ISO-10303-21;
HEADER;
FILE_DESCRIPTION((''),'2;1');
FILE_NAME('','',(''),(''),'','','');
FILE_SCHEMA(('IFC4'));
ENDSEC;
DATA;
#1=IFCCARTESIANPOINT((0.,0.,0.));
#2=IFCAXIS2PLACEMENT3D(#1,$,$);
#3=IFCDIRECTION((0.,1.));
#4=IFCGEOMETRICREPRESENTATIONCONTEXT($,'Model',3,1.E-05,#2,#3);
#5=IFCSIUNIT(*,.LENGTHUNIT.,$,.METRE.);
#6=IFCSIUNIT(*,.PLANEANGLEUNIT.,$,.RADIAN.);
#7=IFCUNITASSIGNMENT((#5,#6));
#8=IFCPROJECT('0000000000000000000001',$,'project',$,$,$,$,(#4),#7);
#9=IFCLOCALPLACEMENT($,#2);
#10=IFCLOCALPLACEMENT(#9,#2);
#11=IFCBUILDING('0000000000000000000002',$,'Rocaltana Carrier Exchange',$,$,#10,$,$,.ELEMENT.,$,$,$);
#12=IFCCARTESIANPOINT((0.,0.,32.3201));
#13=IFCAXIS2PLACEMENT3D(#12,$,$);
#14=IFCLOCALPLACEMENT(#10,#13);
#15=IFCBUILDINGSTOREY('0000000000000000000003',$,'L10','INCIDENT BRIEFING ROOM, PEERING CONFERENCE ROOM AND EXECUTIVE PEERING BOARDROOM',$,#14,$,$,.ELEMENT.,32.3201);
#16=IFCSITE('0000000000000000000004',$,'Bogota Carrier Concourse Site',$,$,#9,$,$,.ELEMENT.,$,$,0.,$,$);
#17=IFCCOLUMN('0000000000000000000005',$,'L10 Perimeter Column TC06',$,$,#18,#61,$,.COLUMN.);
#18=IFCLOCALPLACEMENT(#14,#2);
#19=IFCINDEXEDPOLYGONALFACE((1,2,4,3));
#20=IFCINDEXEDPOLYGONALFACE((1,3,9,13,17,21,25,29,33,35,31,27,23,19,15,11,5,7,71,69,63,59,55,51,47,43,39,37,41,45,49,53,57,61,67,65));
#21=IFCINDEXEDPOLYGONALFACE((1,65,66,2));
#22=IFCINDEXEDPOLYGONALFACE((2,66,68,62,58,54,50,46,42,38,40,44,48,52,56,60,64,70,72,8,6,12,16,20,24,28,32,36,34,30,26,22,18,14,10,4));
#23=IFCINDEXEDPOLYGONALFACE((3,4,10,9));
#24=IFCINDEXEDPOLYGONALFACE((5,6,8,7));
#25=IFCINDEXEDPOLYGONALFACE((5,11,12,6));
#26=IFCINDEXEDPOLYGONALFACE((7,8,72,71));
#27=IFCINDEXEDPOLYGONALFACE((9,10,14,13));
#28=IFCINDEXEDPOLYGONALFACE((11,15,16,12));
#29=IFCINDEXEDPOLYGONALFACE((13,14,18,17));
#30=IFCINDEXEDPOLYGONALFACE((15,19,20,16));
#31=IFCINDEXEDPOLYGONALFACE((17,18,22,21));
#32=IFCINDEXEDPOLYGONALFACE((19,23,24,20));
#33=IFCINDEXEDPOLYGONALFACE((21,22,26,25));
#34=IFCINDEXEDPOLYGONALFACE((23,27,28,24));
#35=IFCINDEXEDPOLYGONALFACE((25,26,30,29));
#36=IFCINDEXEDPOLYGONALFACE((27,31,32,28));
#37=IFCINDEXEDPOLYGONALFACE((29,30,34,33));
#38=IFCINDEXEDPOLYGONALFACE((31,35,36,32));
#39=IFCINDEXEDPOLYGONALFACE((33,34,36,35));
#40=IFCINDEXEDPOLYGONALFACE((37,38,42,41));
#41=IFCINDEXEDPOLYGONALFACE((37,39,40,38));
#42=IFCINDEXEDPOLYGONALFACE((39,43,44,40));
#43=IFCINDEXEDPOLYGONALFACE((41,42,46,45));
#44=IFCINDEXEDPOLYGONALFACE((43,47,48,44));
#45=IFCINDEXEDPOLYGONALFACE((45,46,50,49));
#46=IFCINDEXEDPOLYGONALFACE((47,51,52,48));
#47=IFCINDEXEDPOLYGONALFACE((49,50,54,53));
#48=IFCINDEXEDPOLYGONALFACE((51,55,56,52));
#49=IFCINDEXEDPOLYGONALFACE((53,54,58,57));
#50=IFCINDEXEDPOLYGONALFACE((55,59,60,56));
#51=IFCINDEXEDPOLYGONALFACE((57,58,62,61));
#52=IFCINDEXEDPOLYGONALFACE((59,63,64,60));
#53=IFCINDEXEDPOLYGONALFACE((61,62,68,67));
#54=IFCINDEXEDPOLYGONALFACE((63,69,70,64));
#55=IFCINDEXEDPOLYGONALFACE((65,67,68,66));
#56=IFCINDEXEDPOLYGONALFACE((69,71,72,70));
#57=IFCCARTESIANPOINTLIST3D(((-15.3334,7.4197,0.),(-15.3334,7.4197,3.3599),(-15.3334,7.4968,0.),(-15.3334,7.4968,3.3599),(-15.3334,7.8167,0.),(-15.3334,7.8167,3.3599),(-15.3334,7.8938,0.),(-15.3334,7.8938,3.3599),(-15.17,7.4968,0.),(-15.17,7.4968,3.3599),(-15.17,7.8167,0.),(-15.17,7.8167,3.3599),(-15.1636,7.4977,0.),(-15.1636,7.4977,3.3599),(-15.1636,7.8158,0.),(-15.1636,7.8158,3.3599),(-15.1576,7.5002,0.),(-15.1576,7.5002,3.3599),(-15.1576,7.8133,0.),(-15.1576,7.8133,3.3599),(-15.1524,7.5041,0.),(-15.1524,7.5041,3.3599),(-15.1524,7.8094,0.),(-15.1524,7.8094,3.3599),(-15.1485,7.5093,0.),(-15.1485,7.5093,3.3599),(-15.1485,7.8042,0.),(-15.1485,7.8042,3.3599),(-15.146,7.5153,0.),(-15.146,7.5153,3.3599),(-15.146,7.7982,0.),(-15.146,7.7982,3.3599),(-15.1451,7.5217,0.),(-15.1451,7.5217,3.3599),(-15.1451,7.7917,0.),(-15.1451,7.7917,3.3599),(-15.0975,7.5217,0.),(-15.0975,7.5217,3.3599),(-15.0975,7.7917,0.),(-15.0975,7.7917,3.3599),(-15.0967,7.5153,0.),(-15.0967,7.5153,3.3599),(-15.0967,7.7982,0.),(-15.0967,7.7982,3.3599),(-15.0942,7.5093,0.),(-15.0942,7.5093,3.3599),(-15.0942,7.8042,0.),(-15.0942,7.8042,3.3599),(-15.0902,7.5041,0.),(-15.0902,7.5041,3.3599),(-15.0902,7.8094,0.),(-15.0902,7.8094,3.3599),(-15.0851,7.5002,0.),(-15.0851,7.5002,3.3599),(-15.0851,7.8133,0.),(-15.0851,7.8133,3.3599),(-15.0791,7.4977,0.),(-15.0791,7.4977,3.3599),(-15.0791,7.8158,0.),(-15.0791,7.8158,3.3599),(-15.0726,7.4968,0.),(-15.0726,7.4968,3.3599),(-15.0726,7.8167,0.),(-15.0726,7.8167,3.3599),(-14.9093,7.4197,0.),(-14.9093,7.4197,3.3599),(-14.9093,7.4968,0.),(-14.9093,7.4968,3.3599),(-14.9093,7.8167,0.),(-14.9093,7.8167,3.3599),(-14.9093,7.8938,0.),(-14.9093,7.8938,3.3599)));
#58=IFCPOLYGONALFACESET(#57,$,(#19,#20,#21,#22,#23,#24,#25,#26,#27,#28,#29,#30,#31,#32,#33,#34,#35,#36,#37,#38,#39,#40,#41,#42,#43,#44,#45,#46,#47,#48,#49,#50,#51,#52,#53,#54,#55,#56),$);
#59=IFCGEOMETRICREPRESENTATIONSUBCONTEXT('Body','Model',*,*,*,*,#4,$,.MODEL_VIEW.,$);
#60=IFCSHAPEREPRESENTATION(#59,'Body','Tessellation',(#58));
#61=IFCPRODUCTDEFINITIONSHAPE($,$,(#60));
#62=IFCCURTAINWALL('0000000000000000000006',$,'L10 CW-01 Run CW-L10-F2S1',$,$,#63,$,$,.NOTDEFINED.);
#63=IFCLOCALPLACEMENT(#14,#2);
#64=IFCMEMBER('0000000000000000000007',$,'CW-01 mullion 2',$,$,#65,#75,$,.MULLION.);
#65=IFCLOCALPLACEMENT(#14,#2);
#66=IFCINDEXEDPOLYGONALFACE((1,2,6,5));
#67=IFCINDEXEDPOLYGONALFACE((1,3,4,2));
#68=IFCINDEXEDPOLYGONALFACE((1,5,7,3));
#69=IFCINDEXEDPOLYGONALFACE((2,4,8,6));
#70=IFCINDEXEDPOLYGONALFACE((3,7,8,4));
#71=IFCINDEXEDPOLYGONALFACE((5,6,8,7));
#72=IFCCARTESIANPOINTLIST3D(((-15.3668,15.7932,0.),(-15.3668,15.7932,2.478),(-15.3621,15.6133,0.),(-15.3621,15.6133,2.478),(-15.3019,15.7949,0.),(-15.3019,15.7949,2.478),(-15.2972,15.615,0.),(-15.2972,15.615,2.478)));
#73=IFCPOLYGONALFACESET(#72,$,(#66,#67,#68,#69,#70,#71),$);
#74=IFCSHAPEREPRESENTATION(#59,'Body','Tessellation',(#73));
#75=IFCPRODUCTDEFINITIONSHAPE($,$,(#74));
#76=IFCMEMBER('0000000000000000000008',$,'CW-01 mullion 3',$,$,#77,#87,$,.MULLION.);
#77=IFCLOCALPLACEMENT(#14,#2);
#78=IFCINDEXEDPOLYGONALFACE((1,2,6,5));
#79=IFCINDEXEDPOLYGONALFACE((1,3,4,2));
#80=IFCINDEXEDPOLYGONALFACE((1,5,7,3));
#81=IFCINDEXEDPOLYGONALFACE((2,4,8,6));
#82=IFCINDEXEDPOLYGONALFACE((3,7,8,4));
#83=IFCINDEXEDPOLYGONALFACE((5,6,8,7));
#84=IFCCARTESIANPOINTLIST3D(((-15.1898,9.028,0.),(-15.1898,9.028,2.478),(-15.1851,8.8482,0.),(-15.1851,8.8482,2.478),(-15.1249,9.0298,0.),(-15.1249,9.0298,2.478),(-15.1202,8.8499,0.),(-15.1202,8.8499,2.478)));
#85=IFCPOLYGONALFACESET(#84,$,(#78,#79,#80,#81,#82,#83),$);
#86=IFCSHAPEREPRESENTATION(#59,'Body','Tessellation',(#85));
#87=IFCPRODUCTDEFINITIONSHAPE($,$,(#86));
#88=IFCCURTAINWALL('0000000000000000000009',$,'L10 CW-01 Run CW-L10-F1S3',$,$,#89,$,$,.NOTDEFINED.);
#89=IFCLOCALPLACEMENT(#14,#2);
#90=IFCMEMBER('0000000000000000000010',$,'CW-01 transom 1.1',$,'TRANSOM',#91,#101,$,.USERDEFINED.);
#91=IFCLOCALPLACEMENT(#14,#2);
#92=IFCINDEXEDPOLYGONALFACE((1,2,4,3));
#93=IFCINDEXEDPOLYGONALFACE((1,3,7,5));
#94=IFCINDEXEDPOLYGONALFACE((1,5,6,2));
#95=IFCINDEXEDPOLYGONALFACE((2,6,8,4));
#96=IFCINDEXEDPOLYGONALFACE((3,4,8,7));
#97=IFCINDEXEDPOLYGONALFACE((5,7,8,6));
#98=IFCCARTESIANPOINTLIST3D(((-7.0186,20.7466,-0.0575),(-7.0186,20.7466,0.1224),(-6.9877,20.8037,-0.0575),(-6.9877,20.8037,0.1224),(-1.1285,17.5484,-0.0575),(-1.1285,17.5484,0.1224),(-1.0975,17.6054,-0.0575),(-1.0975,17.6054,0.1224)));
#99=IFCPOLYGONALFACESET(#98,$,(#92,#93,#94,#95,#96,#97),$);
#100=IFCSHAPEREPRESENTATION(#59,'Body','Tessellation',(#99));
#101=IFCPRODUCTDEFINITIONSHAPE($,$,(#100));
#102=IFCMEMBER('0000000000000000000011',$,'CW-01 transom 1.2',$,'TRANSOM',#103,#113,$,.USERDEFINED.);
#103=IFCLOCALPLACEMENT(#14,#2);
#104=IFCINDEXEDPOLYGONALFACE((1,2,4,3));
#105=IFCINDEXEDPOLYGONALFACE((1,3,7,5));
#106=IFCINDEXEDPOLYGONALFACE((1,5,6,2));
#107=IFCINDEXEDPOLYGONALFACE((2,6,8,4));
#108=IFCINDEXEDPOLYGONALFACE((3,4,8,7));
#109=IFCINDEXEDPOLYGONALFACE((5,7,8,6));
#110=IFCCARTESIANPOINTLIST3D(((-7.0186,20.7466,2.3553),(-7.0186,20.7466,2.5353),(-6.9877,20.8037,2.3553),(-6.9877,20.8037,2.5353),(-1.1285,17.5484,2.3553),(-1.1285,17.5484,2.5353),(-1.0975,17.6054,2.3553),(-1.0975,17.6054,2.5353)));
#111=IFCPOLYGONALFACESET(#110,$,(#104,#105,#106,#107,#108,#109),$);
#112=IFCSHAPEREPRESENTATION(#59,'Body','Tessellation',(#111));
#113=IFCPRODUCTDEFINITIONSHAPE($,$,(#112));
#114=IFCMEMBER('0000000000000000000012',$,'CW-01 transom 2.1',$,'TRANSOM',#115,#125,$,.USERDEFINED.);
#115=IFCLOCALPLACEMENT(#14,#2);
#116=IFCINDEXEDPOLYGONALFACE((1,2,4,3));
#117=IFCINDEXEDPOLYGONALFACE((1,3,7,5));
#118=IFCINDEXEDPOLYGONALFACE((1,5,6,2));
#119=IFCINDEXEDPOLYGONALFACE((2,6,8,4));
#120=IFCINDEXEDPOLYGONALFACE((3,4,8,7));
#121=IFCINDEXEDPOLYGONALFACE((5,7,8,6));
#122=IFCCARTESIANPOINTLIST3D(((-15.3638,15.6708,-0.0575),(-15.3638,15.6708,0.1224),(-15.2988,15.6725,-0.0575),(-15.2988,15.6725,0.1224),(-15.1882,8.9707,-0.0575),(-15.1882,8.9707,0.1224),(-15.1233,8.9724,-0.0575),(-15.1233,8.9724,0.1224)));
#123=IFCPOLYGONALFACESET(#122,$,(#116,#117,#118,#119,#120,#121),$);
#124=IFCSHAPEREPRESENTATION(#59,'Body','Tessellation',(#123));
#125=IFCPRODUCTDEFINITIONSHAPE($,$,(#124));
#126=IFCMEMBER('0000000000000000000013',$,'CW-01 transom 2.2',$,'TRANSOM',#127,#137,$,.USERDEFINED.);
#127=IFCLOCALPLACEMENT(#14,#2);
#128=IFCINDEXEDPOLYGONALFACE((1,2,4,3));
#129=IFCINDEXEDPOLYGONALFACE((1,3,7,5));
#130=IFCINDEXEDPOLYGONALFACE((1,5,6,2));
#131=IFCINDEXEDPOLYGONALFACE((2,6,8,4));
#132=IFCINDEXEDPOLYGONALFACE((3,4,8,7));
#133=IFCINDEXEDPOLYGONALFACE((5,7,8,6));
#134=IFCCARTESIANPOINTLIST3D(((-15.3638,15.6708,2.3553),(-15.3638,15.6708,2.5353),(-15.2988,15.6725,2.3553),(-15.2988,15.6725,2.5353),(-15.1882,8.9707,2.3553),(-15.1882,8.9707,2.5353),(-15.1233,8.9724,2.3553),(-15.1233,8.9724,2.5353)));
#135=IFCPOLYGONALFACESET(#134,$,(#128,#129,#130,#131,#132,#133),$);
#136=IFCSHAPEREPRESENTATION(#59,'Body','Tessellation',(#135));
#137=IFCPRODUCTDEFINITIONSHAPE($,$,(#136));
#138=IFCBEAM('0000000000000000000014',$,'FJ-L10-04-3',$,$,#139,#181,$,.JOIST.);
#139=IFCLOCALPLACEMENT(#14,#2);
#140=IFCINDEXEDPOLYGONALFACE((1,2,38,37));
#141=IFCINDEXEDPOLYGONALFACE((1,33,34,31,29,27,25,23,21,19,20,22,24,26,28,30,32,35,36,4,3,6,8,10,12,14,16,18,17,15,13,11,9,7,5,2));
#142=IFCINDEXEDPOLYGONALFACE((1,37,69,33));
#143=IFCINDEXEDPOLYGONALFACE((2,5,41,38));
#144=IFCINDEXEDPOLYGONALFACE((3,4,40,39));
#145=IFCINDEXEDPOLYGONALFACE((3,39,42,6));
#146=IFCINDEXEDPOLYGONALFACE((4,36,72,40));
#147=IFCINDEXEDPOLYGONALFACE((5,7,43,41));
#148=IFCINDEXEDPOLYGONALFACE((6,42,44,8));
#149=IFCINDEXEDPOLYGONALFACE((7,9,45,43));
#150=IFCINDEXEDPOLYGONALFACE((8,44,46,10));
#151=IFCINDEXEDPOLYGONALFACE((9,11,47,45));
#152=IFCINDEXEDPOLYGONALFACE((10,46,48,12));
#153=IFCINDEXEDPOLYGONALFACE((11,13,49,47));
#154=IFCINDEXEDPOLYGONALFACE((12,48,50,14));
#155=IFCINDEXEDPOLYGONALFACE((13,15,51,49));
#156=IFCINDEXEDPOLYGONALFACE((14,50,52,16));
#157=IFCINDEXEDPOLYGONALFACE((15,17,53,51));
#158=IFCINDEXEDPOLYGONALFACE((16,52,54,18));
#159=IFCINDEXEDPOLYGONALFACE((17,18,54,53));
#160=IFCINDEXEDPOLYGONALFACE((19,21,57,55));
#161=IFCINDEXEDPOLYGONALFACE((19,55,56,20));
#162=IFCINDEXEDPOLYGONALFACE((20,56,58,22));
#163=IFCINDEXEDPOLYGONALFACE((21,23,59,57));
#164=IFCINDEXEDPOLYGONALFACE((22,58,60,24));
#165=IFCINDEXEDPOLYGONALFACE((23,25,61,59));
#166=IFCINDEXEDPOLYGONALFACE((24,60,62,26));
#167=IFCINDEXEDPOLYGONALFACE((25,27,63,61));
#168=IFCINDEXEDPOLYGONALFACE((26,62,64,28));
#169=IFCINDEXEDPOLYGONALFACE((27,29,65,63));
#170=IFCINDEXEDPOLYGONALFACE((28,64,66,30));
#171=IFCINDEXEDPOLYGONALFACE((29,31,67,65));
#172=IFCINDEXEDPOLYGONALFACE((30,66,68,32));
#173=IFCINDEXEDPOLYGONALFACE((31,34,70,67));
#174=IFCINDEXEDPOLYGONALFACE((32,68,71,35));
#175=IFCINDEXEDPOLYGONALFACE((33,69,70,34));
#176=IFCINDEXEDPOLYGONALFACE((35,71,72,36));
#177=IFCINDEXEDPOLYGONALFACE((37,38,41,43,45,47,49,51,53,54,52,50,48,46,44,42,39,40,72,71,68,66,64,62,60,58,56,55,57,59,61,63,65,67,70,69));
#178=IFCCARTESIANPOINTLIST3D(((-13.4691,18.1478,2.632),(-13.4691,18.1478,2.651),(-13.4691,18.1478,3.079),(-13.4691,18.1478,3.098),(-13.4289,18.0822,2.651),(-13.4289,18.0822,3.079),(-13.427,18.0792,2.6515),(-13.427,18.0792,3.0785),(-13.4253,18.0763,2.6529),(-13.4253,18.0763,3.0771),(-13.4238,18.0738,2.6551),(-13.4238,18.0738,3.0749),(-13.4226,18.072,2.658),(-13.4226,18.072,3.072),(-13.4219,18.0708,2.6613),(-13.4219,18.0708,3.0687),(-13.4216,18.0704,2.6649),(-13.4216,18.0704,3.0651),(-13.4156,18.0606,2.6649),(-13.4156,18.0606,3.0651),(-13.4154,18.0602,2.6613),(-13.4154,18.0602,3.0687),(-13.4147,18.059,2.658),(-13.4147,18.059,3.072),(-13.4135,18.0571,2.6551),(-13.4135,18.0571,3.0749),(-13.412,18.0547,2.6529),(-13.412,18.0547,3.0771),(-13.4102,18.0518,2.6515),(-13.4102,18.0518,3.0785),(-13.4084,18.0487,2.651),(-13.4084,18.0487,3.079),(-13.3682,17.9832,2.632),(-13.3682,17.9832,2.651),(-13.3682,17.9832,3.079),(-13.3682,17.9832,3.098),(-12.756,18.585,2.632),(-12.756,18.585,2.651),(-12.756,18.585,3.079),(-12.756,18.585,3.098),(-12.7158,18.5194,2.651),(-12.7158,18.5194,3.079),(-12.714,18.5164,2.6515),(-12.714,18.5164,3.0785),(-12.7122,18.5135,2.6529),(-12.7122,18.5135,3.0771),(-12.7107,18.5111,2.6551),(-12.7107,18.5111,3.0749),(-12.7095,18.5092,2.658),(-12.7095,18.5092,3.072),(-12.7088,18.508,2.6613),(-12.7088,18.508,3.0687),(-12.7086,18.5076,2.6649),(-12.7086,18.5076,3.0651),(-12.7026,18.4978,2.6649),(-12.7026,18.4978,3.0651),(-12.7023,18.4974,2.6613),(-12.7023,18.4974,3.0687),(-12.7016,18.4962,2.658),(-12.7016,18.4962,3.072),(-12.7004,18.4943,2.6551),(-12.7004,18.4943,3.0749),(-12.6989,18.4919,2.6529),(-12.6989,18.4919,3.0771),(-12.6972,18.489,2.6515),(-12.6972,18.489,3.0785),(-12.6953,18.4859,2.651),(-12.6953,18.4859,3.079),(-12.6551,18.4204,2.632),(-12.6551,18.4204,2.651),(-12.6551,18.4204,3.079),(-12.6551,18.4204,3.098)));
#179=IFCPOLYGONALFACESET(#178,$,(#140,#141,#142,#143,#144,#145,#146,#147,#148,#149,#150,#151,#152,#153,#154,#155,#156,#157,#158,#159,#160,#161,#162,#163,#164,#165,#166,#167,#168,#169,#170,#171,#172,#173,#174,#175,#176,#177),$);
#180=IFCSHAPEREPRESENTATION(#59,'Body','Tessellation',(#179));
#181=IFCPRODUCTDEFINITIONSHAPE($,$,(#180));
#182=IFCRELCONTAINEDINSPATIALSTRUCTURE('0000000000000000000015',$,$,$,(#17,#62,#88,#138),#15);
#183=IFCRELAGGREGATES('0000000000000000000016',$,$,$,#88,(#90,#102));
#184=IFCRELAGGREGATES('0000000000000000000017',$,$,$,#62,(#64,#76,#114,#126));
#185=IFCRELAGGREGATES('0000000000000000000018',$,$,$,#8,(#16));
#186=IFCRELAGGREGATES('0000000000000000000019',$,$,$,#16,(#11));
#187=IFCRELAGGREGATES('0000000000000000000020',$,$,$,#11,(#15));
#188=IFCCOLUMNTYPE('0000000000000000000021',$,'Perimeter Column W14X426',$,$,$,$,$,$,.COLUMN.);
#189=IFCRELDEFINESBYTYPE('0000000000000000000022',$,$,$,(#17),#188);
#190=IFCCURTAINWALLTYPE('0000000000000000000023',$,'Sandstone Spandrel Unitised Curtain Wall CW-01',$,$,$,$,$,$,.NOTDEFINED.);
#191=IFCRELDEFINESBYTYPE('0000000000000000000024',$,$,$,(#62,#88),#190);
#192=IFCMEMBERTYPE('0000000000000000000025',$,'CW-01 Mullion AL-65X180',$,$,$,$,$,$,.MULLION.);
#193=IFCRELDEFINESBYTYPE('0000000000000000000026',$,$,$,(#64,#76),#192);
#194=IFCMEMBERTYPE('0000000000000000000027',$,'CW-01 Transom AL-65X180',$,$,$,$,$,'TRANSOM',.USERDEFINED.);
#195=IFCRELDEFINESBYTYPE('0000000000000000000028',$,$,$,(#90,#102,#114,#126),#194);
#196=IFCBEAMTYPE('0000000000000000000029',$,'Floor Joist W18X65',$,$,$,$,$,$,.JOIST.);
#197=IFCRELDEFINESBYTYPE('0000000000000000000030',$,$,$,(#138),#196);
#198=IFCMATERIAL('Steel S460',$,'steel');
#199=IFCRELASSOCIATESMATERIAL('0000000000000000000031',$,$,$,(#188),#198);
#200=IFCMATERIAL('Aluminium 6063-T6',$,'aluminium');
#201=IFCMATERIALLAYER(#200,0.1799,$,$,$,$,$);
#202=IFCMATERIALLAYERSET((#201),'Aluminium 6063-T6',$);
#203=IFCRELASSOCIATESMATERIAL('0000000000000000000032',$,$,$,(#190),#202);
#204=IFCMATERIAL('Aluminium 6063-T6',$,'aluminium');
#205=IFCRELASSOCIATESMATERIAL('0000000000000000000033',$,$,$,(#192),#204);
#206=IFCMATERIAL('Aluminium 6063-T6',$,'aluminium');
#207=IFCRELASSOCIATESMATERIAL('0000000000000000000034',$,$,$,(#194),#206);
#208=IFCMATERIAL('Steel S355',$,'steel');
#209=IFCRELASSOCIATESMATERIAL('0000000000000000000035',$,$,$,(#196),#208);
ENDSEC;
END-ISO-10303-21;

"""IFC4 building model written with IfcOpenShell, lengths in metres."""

from ifc_helpers import new_model, si_unit, direction, frame, origin, origin_2d, place, context, subcontext, project, spatial, rectangle, i_section, extrude, material, layer, layer_set, material_profile, profile_set, type_object, element, aggregate, save


model = new_model("IFC4")

# Units and contexts
model_context = context("Model", 3, precision=1e-05, world=origin(), true_north=direction((0.0, 1.0)))
body_context = subcontext(model_context, "Body", "Model", "MODEL_VIEW")
ifc_project = project(units=[si_unit("LENGTHUNIT", "METRE"), si_unit("PLANEANGLEUNIT", "RADIAN")], contexts=[model_context])

# Site, building, storey
site_placement = place(None, origin())
site = spatial("IfcSite", under=ifc_project, at=site_placement, Name="Bogota Carrier Concourse Site", CompositionType="ELEMENT", RefElevation=0.0)
building_placement = place(site_placement, origin())
building = spatial("IfcBuilding", under=site, at=building_placement, Name="Rocaltana Carrier Exchange", CompositionType="ELEMENT")
storey_placement = place(building_placement, frame((0.0, 0.0, 32.3201)))
storey = spatial("IfcBuildingStorey", under=building, at=storey_placement, Name="L10", Description="INCIDENT BRIEFING ROOM, PEERING CONFERENCE ROOM AND EXECUTIVE PEERING BOARDROOM", CompositionType="ELEMENT", Elevation=32.3201)

# Column
ifc_material_1 = material(Name="Steel S460", Category="steel")
ifc_material_profile_1 = material_profile(ifc_material_1, i_section(OverallWidth=0.4241, OverallDepth=0.4741, WebThickness=0.0476, FlangeThickness=0.0771, FilletRadius=0.0249, at=origin_2d()), Name="W14X426")
ifc_profile_set_1 = profile_set([ifc_material_profile_1], Name="Steel S460")
column_type = type_object("IfcColumnType", Name="Perimeter Column W14X426", PredefinedType="COLUMN", material=ifc_profile_set_1)
column_placement = place(storey_placement, frame((-15.1213, 7.6567, 0.0), z_axis=(0.0, 0.0, 1.0), x_axis=(1.0, 0.0, 0.0)))
element("IfcColumn", 1, at=column_placement, inside=storey, type_object=column_type, Name="L10 Perimeter Column TC06", PredefinedType="COLUMN", context=body_context, shape_type="SweptSolid", body=[
    extrude(i_section(OverallWidth=0.4241, OverallDepth=0.4741, WebThickness=0.0476, FlangeThickness=0.0771, FilletRadius=0.0249, at=origin_2d()), origin(), (0.0, 0.0, 1.0), 3.3599),
])

# Curtain walls, members
ifc_material_2 = material(Name="Aluminium 6063-T6", Category="aluminium")
ifc_layer_1 = layer(ifc_material_2, 0.1799)
ifc_layer_set_1 = layer_set([ifc_layer_1], Name="Aluminium 6063-T6")
curtain_wall_type = type_object("IfcCurtainWallType", Name="Sandstone Spandrel Unitised Curtain Wall CW-01", PredefinedType="NOTDEFINED", material=ifc_layer_set_1)
curtain_wall_1_placement = place(storey_placement, origin())
curtain_wall_1 = element("IfcCurtainWall", 2, at=curtain_wall_1_placement, inside=storey, type_object=curtain_wall_type, Name="L10 CW-01 Run CW-L10-F2S1", PredefinedType="NOTDEFINED")
ifc_material_3 = material(Name="Aluminium 6063-T6", Category="aluminium")
ifc_material_profile_2 = material_profile(ifc_material_3, rectangle(XDim=0.0649, YDim=0.1799, at=origin_2d()), Name="AL-65X180")
ifc_profile_set_2 = profile_set([ifc_material_profile_2], Name="Aluminium 6063-T6")
member_type_1 = type_object("IfcMemberType", Name="CW-01 Mullion AL-65X180", PredefinedType="MULLION", material=ifc_profile_set_2)
member_1_placement = place(storey_placement, frame((-15.332, 15.7041, 0.0), z_axis=(0.0, 0.0, 1.0), x_axis=(0.999657, 0.026184, 0.0)))
member_1 = element("IfcMember", 3, at=member_1_placement, type_object=member_type_1, Name="CW-01 mullion 2", PredefinedType="MULLION", context=body_context, shape_type="SweptSolid", body=[
    extrude(rectangle(XDim=0.0649, YDim=0.1799, at=origin_2d()), origin(), (0.0, 0.0, 1.0), 2.478),
])
member_2_placement = place(storey_placement, frame((-15.155, 8.939, 0.0), z_axis=(0.0, 0.0, 1.0), x_axis=(0.999657, 0.026184, 0.0)))
member_2 = element("IfcMember", 4, at=member_2_placement, type_object=member_type_1, Name="CW-01 mullion 3", PredefinedType="MULLION", context=body_context, shape_type="SweptSolid", body=[
    extrude(rectangle(XDim=0.0649, YDim=0.1799, at=origin_2d()), origin(), (0.0, 0.0, 1.0), 2.478),
])
curtain_wall_2_placement = place(storey_placement, origin())
curtain_wall_2 = element("IfcCurtainWall", 5, at=curtain_wall_2_placement, inside=storey, type_object=curtain_wall_type, Name="L10 CW-01 Run CW-L10-F1S3", PredefinedType="NOTDEFINED")
ifc_material_4 = material(Name="Aluminium 6063-T6", Category="aluminium")
ifc_material_profile_3 = material_profile(ifc_material_4, rectangle(XDim=0.0649, YDim=0.1799, at=origin_2d()), Name="AL-65X180")
ifc_profile_set_3 = profile_set([ifc_material_profile_3], Name="Aluminium 6063-T6")
member_type_2 = type_object("IfcMemberType", Name="CW-01 Transom AL-65X180", ElementType="TRANSOM", PredefinedType="USERDEFINED", material=ifc_profile_set_3)
member_3_placement = place(storey_placement, frame((-1.113, 17.5769, 0.0325), z_axis=(-0.878807, 0.477177, 0.0), x_axis=(-0.477177, -0.878807, 0.0)))
member_3 = element("IfcMember", 6, at=member_3_placement, type_object=member_type_2, Name="CW-01 transom 1.1", ObjectType="TRANSOM", PredefinedType="USERDEFINED", context=body_context, shape_type="SweptSolid", body=[
    extrude(rectangle(XDim=0.0649, YDim=0.1799, at=origin_2d()), origin(), (0.0, 0.0, 1.0), 6.7024),
])
member_4_placement = place(storey_placement, frame((-1.113, 17.5769, 2.4453), z_axis=(-0.878807, 0.477177, 0.0), x_axis=(-0.477177, -0.878807, 0.0)))
member_4 = element("IfcMember", 7, at=member_4_placement, type_object=member_type_2, Name="CW-01 transom 1.2", ObjectType="TRANSOM", PredefinedType="USERDEFINED", context=body_context, shape_type="SweptSolid", body=[
    extrude(rectangle(XDim=0.0649, YDim=0.1799, at=origin_2d()), origin(), (0.0, 0.0, 1.0), 6.7024),
])
aggregate(curtain_wall_2, [member_3, member_4])

# Members
member_5_placement = place(storey_placement, frame((-15.3313, 15.6716, 0.0325), z_axis=(0.02619, -0.999657, 0.0), x_axis=(0.999657, 0.02619, 0.0)))
member_5 = element("IfcMember", 8, at=member_5_placement, type_object=member_type_2, Name="CW-01 transom 2.1", ObjectType="TRANSOM", PredefinedType="USERDEFINED", context=body_context, shape_type="SweptSolid", body=[
    extrude(rectangle(XDim=0.0649, YDim=0.1799, at=origin_2d()), origin(), (0.0, 0.0, 1.0), 6.7024),
])
member_6_placement = place(storey_placement, frame((-15.3313, 15.6716, 2.4453), z_axis=(0.02619, -0.999657, 0.0), x_axis=(0.999657, 0.02619, 0.0)))
member_6 = element("IfcMember", 9, at=member_6_placement, type_object=member_type_2, Name="CW-01 transom 2.2", ObjectType="TRANSOM", PredefinedType="USERDEFINED", context=body_context, shape_type="SweptSolid", body=[
    extrude(rectangle(XDim=0.0649, YDim=0.1799, at=origin_2d()), origin(), (0.0, 0.0, 1.0), 6.7024),
])

# Beam
ifc_material_5 = material(Name="Steel S355", Category="steel")
ifc_material_profile_4 = material_profile(ifc_material_5, i_section(OverallWidth=0.1931, OverallDepth=0.4661, WebThickness=0.0115, FlangeThickness=0.019, FilletRadius=0.0139, at=origin_2d()), Name="W18X65")
ifc_profile_set_4 = profile_set([ifc_material_profile_4], Name="Steel S355")
beam_type_1 = type_object("IfcBeamType", Name="Floor Joist W18X65", PredefinedType="JOIST", material=ifc_profile_set_4)
beam_1_placement = place(storey_placement, frame((-12.7056, 18.5027, 2.865), z_axis=(-0.852509, -0.522713, 0.0), x_axis=(0.522713, -0.852509, 0.0)))
element("IfcBeam", 10, at=beam_1_placement, inside=storey, type_object=beam_type_1, Name="FJ-L10-04-3", PredefinedType="JOIST", context=body_context, shape_type="SweptSolid", body=[
    extrude(i_section(OverallWidth=0.1931, OverallDepth=0.4661, WebThickness=0.0115, FlangeThickness=0.019, FilletRadius=0.0139, at=origin_2d()), origin(), (0.0, 0.0, 1.0), 0.8364),
])

aggregate(curtain_wall_1, [member_1, member_2, member_5, member_6])

save(model, "model.ifc")
